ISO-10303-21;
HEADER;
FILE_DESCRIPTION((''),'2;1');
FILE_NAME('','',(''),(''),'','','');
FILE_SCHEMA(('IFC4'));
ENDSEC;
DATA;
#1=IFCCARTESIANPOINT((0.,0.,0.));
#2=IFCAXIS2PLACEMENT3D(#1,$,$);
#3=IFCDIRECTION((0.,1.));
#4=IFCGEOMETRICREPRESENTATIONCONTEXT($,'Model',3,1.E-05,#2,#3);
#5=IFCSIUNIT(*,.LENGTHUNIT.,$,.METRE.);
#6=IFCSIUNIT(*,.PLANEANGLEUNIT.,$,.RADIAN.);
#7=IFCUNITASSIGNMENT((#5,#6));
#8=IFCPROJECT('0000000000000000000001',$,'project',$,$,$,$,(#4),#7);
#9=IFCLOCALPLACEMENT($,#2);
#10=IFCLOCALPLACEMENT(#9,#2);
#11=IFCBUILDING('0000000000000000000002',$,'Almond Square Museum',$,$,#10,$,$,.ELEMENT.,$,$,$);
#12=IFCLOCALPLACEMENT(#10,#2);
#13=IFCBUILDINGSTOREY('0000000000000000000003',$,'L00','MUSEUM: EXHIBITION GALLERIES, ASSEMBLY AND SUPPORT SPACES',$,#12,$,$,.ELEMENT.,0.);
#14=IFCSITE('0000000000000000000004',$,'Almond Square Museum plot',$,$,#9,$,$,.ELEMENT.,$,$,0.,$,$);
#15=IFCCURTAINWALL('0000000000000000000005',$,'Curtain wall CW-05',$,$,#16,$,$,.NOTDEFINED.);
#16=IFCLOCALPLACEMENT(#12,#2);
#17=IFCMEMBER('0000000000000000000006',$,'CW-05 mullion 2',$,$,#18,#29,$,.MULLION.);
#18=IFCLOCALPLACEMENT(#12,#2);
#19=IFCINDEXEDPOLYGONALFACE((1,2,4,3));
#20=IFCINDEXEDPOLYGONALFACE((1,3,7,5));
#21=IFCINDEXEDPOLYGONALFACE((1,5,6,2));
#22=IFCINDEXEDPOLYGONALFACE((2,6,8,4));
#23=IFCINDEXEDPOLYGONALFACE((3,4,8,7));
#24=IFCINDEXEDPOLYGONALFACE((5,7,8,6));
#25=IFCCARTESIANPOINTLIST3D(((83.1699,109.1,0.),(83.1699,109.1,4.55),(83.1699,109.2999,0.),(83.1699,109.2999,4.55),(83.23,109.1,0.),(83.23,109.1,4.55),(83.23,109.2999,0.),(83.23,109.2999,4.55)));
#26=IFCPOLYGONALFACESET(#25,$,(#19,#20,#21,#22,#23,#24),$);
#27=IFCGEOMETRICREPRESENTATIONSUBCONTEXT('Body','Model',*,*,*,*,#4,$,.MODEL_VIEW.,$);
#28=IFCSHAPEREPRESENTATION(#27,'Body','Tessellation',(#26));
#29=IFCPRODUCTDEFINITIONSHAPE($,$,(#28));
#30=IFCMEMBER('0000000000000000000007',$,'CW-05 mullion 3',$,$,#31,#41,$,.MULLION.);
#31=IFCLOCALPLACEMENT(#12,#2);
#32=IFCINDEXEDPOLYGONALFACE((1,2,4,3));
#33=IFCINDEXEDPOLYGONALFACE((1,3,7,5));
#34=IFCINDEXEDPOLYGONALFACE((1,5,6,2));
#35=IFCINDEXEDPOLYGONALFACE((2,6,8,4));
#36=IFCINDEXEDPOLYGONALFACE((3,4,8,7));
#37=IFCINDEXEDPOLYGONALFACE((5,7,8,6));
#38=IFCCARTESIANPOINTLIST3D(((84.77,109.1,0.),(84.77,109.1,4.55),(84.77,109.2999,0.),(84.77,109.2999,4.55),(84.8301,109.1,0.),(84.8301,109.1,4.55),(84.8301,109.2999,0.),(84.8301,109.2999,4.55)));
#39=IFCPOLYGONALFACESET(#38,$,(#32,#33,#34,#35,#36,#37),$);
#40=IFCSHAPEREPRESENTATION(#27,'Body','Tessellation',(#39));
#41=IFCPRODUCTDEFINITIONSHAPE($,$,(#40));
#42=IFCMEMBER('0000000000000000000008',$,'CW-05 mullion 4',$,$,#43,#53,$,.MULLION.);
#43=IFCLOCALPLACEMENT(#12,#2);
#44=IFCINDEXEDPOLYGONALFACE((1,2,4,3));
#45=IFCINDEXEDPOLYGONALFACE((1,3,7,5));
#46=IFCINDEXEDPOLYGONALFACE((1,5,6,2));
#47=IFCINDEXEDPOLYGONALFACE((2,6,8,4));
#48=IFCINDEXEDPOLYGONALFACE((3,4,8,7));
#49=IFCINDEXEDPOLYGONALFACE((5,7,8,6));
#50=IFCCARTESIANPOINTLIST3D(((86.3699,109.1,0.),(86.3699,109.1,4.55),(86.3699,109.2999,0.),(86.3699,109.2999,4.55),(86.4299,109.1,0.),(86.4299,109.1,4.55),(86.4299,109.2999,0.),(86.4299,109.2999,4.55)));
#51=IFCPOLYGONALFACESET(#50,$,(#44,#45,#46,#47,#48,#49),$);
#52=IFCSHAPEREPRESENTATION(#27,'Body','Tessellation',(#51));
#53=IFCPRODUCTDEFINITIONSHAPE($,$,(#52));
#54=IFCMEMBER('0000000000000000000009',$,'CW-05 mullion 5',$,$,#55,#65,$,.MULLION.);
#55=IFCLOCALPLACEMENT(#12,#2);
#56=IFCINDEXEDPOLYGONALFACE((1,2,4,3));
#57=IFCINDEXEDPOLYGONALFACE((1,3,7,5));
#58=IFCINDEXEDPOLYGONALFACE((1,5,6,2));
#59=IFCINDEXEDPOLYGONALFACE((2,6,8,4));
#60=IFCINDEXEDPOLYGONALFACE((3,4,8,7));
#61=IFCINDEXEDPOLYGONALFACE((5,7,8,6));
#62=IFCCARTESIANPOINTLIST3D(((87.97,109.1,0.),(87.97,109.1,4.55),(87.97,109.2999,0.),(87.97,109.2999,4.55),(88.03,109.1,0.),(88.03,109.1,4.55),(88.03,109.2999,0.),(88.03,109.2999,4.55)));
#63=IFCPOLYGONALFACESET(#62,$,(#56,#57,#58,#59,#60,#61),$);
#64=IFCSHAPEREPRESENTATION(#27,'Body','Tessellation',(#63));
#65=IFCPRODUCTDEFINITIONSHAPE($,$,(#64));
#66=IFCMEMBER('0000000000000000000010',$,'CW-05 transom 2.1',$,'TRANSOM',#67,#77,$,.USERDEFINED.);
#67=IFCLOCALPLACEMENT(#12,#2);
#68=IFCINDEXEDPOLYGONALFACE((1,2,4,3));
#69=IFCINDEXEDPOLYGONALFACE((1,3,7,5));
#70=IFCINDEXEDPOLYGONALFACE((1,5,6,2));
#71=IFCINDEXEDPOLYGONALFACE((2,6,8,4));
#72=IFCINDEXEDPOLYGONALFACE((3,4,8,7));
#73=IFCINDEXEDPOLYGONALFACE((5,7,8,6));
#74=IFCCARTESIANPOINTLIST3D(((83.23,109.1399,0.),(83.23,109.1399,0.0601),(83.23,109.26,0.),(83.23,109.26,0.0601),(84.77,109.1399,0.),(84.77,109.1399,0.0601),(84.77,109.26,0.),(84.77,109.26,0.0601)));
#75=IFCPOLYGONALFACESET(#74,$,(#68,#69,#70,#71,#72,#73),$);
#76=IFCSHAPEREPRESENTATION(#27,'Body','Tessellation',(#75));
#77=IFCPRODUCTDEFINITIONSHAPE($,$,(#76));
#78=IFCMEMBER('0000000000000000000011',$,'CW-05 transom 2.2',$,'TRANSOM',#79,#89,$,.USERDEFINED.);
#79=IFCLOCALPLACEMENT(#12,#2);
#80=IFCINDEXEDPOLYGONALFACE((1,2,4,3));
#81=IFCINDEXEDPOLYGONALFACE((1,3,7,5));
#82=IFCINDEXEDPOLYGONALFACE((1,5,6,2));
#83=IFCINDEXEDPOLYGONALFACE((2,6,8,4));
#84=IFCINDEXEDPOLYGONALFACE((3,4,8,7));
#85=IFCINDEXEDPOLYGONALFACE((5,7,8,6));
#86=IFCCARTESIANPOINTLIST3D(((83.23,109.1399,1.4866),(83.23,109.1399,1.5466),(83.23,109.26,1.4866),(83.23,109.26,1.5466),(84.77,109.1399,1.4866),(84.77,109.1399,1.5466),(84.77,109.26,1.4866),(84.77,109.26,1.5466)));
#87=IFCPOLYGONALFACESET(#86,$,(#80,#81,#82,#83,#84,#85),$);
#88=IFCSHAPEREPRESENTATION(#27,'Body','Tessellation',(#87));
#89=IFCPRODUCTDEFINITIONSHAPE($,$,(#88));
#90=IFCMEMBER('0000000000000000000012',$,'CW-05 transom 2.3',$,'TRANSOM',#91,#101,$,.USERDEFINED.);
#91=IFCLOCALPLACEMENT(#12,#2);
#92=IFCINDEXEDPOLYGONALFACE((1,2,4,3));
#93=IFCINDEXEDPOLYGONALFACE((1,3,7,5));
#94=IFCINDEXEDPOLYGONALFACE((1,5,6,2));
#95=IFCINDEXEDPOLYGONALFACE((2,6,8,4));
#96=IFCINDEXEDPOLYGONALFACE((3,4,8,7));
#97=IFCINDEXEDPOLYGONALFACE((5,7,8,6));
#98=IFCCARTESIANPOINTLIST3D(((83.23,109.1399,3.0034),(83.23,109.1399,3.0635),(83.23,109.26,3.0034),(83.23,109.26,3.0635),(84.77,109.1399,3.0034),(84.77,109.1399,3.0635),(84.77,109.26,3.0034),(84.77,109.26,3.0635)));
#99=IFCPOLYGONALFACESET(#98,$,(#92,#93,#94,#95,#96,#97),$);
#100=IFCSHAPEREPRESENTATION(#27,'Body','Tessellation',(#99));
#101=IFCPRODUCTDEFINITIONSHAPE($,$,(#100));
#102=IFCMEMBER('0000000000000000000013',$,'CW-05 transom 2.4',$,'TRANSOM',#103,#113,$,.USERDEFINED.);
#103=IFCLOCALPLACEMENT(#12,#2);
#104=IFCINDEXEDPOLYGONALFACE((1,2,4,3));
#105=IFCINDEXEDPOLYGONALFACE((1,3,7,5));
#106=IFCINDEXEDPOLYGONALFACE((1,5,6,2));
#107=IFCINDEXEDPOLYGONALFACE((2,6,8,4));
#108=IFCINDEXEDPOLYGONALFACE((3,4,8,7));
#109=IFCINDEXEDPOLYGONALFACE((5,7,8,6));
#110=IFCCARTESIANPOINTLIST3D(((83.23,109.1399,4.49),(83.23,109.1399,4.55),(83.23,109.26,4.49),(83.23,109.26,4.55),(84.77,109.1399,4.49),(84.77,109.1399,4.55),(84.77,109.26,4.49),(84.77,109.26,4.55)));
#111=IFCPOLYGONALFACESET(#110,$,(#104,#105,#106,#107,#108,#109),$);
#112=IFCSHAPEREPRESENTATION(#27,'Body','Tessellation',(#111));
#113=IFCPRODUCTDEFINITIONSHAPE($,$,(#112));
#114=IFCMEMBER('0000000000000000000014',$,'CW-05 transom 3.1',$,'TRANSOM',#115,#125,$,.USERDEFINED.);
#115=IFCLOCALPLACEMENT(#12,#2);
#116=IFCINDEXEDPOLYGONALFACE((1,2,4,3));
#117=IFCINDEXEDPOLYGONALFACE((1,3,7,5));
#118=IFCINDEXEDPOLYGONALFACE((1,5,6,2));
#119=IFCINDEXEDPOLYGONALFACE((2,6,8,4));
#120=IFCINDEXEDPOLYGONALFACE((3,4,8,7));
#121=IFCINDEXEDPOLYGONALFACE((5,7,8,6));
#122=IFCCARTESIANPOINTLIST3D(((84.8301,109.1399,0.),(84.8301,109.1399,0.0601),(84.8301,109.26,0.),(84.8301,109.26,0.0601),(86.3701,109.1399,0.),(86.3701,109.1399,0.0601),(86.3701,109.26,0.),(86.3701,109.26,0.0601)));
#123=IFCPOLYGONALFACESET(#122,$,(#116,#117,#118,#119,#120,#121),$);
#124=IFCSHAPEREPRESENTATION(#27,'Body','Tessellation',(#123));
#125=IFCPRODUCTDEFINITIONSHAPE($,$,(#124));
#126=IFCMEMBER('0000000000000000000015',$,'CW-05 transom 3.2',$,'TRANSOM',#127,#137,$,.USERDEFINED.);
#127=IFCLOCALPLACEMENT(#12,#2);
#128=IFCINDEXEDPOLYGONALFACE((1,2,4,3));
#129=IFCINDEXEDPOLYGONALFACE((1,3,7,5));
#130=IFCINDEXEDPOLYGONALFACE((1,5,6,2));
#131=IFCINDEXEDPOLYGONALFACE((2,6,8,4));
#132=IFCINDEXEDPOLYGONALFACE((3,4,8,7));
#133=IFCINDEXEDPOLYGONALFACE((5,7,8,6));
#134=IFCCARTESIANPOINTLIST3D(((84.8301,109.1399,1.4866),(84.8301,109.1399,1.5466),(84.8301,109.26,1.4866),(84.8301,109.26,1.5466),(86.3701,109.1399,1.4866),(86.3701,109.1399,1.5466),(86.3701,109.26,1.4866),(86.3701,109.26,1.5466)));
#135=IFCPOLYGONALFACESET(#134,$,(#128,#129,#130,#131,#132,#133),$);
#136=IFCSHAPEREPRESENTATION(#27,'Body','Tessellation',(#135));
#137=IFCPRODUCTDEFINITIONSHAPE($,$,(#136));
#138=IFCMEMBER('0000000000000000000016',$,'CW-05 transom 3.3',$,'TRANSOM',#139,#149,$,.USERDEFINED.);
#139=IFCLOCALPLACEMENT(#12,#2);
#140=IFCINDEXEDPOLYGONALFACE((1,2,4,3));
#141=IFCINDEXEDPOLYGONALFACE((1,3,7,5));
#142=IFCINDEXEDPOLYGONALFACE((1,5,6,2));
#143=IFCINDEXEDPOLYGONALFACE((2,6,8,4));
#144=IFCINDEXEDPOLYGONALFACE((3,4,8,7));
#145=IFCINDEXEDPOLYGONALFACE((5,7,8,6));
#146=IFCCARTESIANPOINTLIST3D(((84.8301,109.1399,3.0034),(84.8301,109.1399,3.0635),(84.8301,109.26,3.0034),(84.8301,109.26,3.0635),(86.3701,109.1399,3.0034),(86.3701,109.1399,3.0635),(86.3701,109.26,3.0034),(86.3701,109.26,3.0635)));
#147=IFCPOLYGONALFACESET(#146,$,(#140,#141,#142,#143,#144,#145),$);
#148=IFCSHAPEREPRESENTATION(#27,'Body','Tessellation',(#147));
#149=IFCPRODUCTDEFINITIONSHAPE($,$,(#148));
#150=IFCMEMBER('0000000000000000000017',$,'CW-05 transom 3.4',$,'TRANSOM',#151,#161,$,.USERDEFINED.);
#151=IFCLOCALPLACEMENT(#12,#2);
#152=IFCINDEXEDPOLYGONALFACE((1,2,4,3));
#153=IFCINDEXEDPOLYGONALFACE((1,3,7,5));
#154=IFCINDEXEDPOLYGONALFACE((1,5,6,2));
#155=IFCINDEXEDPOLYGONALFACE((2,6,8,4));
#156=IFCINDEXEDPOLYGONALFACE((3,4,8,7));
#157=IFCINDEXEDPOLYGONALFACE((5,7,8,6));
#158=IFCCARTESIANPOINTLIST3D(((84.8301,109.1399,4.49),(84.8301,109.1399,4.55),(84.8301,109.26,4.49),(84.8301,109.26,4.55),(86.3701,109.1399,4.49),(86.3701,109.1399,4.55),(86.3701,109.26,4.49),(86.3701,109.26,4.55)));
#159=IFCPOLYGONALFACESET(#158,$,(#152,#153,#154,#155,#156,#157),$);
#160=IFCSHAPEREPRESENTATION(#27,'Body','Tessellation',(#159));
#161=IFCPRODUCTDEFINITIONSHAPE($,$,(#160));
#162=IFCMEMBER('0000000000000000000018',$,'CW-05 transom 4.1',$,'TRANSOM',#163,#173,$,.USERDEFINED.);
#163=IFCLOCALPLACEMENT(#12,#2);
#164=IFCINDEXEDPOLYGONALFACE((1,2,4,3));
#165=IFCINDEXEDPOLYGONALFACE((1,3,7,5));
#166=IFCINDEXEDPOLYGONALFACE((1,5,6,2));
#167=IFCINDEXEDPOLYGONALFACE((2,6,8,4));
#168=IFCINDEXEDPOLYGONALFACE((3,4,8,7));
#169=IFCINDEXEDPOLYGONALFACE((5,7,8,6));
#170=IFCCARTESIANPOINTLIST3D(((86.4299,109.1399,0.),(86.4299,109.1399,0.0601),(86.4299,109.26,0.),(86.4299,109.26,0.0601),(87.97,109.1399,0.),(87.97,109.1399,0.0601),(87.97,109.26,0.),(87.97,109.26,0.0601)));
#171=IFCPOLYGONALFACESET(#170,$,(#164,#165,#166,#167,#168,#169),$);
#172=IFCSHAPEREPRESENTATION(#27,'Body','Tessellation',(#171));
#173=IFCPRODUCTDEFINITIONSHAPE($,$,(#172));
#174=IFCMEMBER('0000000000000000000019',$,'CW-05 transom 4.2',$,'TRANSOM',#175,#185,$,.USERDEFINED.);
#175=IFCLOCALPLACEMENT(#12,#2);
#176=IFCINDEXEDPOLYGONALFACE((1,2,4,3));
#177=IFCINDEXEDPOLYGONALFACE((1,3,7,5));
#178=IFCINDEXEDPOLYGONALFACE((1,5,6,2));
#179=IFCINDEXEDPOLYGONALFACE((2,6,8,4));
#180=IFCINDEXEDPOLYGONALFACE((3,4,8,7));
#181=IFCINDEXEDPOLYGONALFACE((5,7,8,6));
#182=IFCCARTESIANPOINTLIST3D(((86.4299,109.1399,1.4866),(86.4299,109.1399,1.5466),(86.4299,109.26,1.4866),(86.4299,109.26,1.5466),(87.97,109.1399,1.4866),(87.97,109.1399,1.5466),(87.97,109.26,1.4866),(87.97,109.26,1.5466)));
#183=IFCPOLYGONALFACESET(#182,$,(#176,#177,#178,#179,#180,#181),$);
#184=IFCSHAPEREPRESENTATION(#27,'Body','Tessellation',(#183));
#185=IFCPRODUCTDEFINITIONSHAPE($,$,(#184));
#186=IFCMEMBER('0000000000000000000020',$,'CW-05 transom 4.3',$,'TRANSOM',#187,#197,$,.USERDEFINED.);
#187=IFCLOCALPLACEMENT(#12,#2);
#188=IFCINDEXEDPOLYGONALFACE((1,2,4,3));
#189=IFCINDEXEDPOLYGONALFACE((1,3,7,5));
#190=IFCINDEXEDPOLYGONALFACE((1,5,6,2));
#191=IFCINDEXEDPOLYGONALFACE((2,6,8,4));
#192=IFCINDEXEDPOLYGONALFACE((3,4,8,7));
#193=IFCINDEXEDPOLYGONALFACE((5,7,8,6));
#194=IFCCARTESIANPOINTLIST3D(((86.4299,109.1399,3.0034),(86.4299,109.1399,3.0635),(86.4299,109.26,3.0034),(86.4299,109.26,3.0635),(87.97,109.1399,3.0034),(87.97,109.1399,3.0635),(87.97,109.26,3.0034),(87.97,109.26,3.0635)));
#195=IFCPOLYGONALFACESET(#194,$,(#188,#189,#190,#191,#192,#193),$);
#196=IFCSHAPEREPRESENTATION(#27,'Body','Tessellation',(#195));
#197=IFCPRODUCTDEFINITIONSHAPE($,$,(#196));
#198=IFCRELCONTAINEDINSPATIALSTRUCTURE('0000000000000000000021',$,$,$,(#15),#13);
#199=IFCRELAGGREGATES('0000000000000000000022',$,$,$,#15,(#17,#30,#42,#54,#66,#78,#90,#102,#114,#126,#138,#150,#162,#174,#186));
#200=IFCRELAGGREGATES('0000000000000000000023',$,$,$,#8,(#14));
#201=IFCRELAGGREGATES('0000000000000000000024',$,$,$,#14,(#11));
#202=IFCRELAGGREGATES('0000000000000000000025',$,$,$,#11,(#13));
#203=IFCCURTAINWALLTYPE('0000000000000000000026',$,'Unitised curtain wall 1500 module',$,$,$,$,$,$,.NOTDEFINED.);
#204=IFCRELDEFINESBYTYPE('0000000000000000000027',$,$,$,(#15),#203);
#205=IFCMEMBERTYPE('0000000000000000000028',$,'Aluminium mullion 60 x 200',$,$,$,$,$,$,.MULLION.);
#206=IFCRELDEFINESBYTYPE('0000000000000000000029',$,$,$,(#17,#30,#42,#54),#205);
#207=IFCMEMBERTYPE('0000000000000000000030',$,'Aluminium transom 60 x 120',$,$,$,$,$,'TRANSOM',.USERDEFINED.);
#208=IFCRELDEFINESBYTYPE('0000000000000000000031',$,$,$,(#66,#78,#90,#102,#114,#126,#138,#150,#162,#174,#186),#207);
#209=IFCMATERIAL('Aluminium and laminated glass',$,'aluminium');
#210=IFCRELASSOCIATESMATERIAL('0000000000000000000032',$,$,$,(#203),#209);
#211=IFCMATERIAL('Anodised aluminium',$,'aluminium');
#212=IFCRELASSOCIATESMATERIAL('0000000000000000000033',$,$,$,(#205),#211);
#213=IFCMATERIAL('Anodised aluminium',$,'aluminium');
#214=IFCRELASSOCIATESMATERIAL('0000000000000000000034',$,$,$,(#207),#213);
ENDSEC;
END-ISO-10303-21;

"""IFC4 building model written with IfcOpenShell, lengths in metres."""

from ifc_helpers import new_model, si_unit, direction, frame, origin, origin_2d, place, context, subcontext, project, spatial, rectangle, extrude, material, material_profile, profile_set, type_object, element, aggregate, save


model = new_model("IFC4")

# Units and contexts
model_context = context("Model", 3, precision=1e-05, world=origin(), true_north=direction((0.0, 1.0)))
body_context = subcontext(model_context, "Body", "Model", "MODEL_VIEW")
ifc_project = project(units=[si_unit("LENGTHUNIT", "METRE"), si_unit("PLANEANGLEUNIT", "RADIAN")], contexts=[model_context])

# Site, building, storey
site_placement = place(None, origin())
site = spatial("IfcSite", under=ifc_project, at=site_placement, Name="Almond Square Museum plot", CompositionType="ELEMENT", RefElevation=0.0)
building_placement = place(site_placement, origin())
building = spatial("IfcBuilding", under=site, at=building_placement, Name="Almond Square Museum", CompositionType="ELEMENT")
storey_placement = place(building_placement, origin())
storey = spatial("IfcBuildingStorey", under=building, at=storey_placement, Name="L00", Description="MUSEUM: EXHIBITION GALLERIES, ASSEMBLY AND SUPPORT SPACES", CompositionType="ELEMENT", Elevation=0.0)

# Curtain wall, members
ifc_material_1 = material(Name="Aluminium and laminated glass", Category="aluminium")
curtain_wall_type = type_object("IfcCurtainWallType", Name="Unitised curtain wall 1500 module", PredefinedType="NOTDEFINED", material=ifc_material_1)
curtain_wall_placement = place(storey_placement, origin())
curtain_wall = element("IfcCurtainWall", 1, at=curtain_wall_placement, inside=storey, type_object=curtain_wall_type, Name="Curtain wall CW-05", PredefinedType="NOTDEFINED")
ifc_material_2 = material(Name="Anodised aluminium", Category="aluminium")
ifc_material_profile_1 = material_profile(ifc_material_2, rectangle(XDim=0.2, YDim=0.0601, at=origin_2d()))
ifc_profile_set_1 = profile_set([ifc_material_profile_1], Name="Anodised aluminium")
member_type_1 = type_object("IfcMemberType", Name="Aluminium mullion 60 x 200", PredefinedType="MULLION", material=ifc_profile_set_1)
member_1_placement = place(storey_placement, frame((83.2, 109.2, 0.0), z_axis=(0.0, 0.0, 1.0), x_axis=(0.0, 1.0, 0.0)))
member_1 = element("IfcMember", 2, at=member_1_placement, type_object=member_type_1, Name="CW-05 mullion 2", PredefinedType="MULLION", context=body_context, shape_type="SweptSolid", body=[
    extrude(rectangle(XDim=0.2, YDim=0.0601, at=origin_2d()), origin(), (0.0, 0.0, 1.0), 4.55),
])
member_2_placement = place(storey_placement, frame((84.8, 109.2, 0.0), z_axis=(0.0, 0.0, 1.0), x_axis=(0.0, 1.0, 0.0)))
member_2 = element("IfcMember", 3, at=member_2_placement, type_object=member_type_1, Name="CW-05 mullion 3", PredefinedType="MULLION", context=body_context, shape_type="SweptSolid", body=[
    extrude(rectangle(XDim=0.2, YDim=0.0601, at=origin_2d()), origin(), (0.0, 0.0, 1.0), 4.55),
])
member_3_placement = place(storey_placement, frame((86.3999, 109.2, 0.0), z_axis=(0.0, 0.0, 1.0), x_axis=(0.0, 1.0, 0.0)))
member_3 = element("IfcMember", 4, at=member_3_placement, type_object=member_type_1, Name="CW-05 mullion 4", PredefinedType="MULLION", context=body_context, shape_type="SweptSolid", body=[
    extrude(rectangle(XDim=0.2, YDim=0.0601, at=origin_2d()), origin(), (0.0, 0.0, 1.0), 4.55),
])
member_4_placement = place(storey_placement, frame((88.0, 109.2, 0.0), z_axis=(0.0, 0.0, 1.0), x_axis=(0.0, 1.0, 0.0)))
member_4 = element("IfcMember", 5, at=member_4_placement, type_object=member_type_1, Name="CW-05 mullion 5", PredefinedType="MULLION", context=body_context, shape_type="SweptSolid", body=[
    extrude(rectangle(XDim=0.2, YDim=0.0601, at=origin_2d()), origin(), (0.0, 0.0, 1.0), 4.55),
])
ifc_material_3 = material(Name="Anodised aluminium", Category="aluminium")
ifc_material_profile_2 = material_profile(ifc_material_3, rectangle(XDim=0.1201, YDim=0.0601, at=origin_2d()))
ifc_profile_set_2 = profile_set([ifc_material_profile_2], Name="Anodised aluminium")
member_type_2 = type_object("IfcMemberType", Name="Aluminium transom 60 x 120", ElementType="TRANSOM", PredefinedType="USERDEFINED", material=ifc_profile_set_2)
member_5_placement = place(storey_placement, frame((83.23, 109.2, 0.03), z_axis=(1.0, 0.0, 0.0), x_axis=(0.0, 1.0, 0.0)))
member_5 = element("IfcMember", 6, at=member_5_placement, type_object=member_type_2, Name="CW-05 transom 2.1", ObjectType="TRANSOM", PredefinedType="USERDEFINED", context=body_context, shape_type="SweptSolid", body=[
    extrude(rectangle(XDim=0.1201, YDim=0.0601, at=origin_2d()), origin(), (0.0, 0.0, 1.0), 1.54),
])
member_6_placement = place(storey_placement, frame((83.23, 109.2, 1.5166), z_axis=(1.0, 0.0, 0.0), x_axis=(0.0, 1.0, 0.0)))
member_6 = element("IfcMember", 7, at=member_6_placement, type_object=member_type_2, Name="CW-05 transom 2.2", ObjectType="TRANSOM", PredefinedType="USERDEFINED", context=body_context, shape_type="SweptSolid", body=[
    extrude(rectangle(XDim=0.1201, YDim=0.0601, at=origin_2d()), origin(), (0.0, 0.0, 1.0), 1.54),
])
member_7_placement = place(storey_placement, frame((83.23, 109.2, 3.0334), z_axis=(1.0, 0.0, 0.0), x_axis=(0.0, 1.0, 0.0)))
member_7 = element("IfcMember", 8, at=member_7_placement, type_object=member_type_2, Name="CW-05 transom 2.3", ObjectType="TRANSOM", PredefinedType="USERDEFINED", context=body_context, shape_type="SweptSolid", body=[
    extrude(rectangle(XDim=0.1201, YDim=0.0601, at=origin_2d()), origin(), (0.0, 0.0, 1.0), 1.54),
])
member_8_placement = place(storey_placement, frame((83.23, 109.2, 4.52), z_axis=(1.0, 0.0, 0.0), x_axis=(0.0, 1.0, 0.0)))
member_8 = element("IfcMember", 9, at=member_8_placement, type_object=member_type_2, Name="CW-05 transom 2.4", ObjectType="TRANSOM", PredefinedType="USERDEFINED", context=body_context, shape_type="SweptSolid", body=[
    extrude(rectangle(XDim=0.1201, YDim=0.0601, at=origin_2d()), origin(), (0.0, 0.0, 1.0), 1.54),
])
member_9_placement = place(storey_placement, frame((84.8301, 109.2, 0.03), z_axis=(1.0, 0.0, 0.0), x_axis=(0.0, 1.0, 0.0)))
member_9 = element("IfcMember", 10, at=member_9_placement, type_object=member_type_2, Name="CW-05 transom 3.1", ObjectType="TRANSOM", PredefinedType="USERDEFINED", context=body_context, shape_type="SweptSolid", body=[
    extrude(rectangle(XDim=0.1201, YDim=0.0601, at=origin_2d()), origin(), (0.0, 0.0, 1.0), 1.54),
])
member_10_placement = place(storey_placement, frame((84.8301, 109.2, 1.5166), z_axis=(1.0, 0.0, 0.0), x_axis=(0.0, 1.0, 0.0)))
member_10 = element("IfcMember", 11, at=member_10_placement, type_object=member_type_2, Name="CW-05 transom 3.2", ObjectType="TRANSOM", PredefinedType="USERDEFINED", context=body_context, shape_type="SweptSolid", body=[
    extrude(rectangle(XDim=0.1201, YDim=0.0601, at=origin_2d()), origin(), (0.0, 0.0, 1.0), 1.54),
])
member_11_placement = place(storey_placement, frame((84.8301, 109.2, 3.0334), z_axis=(1.0, 0.0, 0.0), x_axis=(0.0, 1.0, 0.0)))
member_11 = element("IfcMember", 12, at=member_11_placement, type_object=member_type_2, Name="CW-05 transom 3.3", ObjectType="TRANSOM", PredefinedType="USERDEFINED", context=body_context, shape_type="SweptSolid", body=[
    extrude(rectangle(XDim=0.1201, YDim=0.0601, at=origin_2d()), origin(), (0.0, 0.0, 1.0), 1.54),
])
member_12_placement = place(storey_placement, frame((84.8301, 109.2, 4.52), z_axis=(1.0, 0.0, 0.0), x_axis=(0.0, 1.0, 0.0)))
member_12 = element("IfcMember", 13, at=member_12_placement, type_object=member_type_2, Name="CW-05 transom 3.4", ObjectType="TRANSOM", PredefinedType="USERDEFINED", context=body_context, shape_type="SweptSolid", body=[
    extrude(rectangle(XDim=0.1201, YDim=0.0601, at=origin_2d()), origin(), (0.0, 0.0, 1.0), 1.54),
])
member_13_placement = place(storey_placement, frame((86.4299, 109.2, 0.03), z_axis=(1.0, 0.0, 0.0), x_axis=(0.0, 1.0, 0.0)))
member_13 = element("IfcMember", 14, at=member_13_placement, type_object=member_type_2, Name="CW-05 transom 4.1", ObjectType="TRANSOM", PredefinedType="USERDEFINED", context=body_context, shape_type="SweptSolid", body=[
    extrude(rectangle(XDim=0.1201, YDim=0.0601, at=origin_2d()), origin(), (0.0, 0.0, 1.0), 1.54),
])
member_14_placement = place(storey_placement, frame((86.4299, 109.2, 1.5166), z_axis=(1.0, 0.0, 0.0), x_axis=(0.0, 1.0, 0.0)))
member_14 = element("IfcMember", 15, at=member_14_placement, type_object=member_type_2, Name="CW-05 transom 4.2", ObjectType="TRANSOM", PredefinedType="USERDEFINED", context=body_context, shape_type="SweptSolid", body=[
    extrude(rectangle(XDim=0.1201, YDim=0.0601, at=origin_2d()), origin(), (0.0, 0.0, 1.0), 1.54),
])
member_15_placement = place(storey_placement, frame((86.4299, 109.2, 3.0334), z_axis=(1.0, 0.0, 0.0), x_axis=(0.0, 1.0, 0.0)))
member_15 = element("IfcMember", 16, at=member_15_placement, type_object=member_type_2, Name="CW-05 transom 4.3", ObjectType="TRANSOM", PredefinedType="USERDEFINED", context=body_context, shape_type="SweptSolid", body=[
    extrude(rectangle(XDim=0.1201, YDim=0.0601, at=origin_2d()), origin(), (0.0, 0.0, 1.0), 1.54),
])

aggregate(curtain_wall, [member_1, member_2, member_3, member_4, member_5, member_6, member_7, member_8, member_9, member_10, member_11, member_12, member_13, member_14, member_15])

save(model, "model.ifc")
